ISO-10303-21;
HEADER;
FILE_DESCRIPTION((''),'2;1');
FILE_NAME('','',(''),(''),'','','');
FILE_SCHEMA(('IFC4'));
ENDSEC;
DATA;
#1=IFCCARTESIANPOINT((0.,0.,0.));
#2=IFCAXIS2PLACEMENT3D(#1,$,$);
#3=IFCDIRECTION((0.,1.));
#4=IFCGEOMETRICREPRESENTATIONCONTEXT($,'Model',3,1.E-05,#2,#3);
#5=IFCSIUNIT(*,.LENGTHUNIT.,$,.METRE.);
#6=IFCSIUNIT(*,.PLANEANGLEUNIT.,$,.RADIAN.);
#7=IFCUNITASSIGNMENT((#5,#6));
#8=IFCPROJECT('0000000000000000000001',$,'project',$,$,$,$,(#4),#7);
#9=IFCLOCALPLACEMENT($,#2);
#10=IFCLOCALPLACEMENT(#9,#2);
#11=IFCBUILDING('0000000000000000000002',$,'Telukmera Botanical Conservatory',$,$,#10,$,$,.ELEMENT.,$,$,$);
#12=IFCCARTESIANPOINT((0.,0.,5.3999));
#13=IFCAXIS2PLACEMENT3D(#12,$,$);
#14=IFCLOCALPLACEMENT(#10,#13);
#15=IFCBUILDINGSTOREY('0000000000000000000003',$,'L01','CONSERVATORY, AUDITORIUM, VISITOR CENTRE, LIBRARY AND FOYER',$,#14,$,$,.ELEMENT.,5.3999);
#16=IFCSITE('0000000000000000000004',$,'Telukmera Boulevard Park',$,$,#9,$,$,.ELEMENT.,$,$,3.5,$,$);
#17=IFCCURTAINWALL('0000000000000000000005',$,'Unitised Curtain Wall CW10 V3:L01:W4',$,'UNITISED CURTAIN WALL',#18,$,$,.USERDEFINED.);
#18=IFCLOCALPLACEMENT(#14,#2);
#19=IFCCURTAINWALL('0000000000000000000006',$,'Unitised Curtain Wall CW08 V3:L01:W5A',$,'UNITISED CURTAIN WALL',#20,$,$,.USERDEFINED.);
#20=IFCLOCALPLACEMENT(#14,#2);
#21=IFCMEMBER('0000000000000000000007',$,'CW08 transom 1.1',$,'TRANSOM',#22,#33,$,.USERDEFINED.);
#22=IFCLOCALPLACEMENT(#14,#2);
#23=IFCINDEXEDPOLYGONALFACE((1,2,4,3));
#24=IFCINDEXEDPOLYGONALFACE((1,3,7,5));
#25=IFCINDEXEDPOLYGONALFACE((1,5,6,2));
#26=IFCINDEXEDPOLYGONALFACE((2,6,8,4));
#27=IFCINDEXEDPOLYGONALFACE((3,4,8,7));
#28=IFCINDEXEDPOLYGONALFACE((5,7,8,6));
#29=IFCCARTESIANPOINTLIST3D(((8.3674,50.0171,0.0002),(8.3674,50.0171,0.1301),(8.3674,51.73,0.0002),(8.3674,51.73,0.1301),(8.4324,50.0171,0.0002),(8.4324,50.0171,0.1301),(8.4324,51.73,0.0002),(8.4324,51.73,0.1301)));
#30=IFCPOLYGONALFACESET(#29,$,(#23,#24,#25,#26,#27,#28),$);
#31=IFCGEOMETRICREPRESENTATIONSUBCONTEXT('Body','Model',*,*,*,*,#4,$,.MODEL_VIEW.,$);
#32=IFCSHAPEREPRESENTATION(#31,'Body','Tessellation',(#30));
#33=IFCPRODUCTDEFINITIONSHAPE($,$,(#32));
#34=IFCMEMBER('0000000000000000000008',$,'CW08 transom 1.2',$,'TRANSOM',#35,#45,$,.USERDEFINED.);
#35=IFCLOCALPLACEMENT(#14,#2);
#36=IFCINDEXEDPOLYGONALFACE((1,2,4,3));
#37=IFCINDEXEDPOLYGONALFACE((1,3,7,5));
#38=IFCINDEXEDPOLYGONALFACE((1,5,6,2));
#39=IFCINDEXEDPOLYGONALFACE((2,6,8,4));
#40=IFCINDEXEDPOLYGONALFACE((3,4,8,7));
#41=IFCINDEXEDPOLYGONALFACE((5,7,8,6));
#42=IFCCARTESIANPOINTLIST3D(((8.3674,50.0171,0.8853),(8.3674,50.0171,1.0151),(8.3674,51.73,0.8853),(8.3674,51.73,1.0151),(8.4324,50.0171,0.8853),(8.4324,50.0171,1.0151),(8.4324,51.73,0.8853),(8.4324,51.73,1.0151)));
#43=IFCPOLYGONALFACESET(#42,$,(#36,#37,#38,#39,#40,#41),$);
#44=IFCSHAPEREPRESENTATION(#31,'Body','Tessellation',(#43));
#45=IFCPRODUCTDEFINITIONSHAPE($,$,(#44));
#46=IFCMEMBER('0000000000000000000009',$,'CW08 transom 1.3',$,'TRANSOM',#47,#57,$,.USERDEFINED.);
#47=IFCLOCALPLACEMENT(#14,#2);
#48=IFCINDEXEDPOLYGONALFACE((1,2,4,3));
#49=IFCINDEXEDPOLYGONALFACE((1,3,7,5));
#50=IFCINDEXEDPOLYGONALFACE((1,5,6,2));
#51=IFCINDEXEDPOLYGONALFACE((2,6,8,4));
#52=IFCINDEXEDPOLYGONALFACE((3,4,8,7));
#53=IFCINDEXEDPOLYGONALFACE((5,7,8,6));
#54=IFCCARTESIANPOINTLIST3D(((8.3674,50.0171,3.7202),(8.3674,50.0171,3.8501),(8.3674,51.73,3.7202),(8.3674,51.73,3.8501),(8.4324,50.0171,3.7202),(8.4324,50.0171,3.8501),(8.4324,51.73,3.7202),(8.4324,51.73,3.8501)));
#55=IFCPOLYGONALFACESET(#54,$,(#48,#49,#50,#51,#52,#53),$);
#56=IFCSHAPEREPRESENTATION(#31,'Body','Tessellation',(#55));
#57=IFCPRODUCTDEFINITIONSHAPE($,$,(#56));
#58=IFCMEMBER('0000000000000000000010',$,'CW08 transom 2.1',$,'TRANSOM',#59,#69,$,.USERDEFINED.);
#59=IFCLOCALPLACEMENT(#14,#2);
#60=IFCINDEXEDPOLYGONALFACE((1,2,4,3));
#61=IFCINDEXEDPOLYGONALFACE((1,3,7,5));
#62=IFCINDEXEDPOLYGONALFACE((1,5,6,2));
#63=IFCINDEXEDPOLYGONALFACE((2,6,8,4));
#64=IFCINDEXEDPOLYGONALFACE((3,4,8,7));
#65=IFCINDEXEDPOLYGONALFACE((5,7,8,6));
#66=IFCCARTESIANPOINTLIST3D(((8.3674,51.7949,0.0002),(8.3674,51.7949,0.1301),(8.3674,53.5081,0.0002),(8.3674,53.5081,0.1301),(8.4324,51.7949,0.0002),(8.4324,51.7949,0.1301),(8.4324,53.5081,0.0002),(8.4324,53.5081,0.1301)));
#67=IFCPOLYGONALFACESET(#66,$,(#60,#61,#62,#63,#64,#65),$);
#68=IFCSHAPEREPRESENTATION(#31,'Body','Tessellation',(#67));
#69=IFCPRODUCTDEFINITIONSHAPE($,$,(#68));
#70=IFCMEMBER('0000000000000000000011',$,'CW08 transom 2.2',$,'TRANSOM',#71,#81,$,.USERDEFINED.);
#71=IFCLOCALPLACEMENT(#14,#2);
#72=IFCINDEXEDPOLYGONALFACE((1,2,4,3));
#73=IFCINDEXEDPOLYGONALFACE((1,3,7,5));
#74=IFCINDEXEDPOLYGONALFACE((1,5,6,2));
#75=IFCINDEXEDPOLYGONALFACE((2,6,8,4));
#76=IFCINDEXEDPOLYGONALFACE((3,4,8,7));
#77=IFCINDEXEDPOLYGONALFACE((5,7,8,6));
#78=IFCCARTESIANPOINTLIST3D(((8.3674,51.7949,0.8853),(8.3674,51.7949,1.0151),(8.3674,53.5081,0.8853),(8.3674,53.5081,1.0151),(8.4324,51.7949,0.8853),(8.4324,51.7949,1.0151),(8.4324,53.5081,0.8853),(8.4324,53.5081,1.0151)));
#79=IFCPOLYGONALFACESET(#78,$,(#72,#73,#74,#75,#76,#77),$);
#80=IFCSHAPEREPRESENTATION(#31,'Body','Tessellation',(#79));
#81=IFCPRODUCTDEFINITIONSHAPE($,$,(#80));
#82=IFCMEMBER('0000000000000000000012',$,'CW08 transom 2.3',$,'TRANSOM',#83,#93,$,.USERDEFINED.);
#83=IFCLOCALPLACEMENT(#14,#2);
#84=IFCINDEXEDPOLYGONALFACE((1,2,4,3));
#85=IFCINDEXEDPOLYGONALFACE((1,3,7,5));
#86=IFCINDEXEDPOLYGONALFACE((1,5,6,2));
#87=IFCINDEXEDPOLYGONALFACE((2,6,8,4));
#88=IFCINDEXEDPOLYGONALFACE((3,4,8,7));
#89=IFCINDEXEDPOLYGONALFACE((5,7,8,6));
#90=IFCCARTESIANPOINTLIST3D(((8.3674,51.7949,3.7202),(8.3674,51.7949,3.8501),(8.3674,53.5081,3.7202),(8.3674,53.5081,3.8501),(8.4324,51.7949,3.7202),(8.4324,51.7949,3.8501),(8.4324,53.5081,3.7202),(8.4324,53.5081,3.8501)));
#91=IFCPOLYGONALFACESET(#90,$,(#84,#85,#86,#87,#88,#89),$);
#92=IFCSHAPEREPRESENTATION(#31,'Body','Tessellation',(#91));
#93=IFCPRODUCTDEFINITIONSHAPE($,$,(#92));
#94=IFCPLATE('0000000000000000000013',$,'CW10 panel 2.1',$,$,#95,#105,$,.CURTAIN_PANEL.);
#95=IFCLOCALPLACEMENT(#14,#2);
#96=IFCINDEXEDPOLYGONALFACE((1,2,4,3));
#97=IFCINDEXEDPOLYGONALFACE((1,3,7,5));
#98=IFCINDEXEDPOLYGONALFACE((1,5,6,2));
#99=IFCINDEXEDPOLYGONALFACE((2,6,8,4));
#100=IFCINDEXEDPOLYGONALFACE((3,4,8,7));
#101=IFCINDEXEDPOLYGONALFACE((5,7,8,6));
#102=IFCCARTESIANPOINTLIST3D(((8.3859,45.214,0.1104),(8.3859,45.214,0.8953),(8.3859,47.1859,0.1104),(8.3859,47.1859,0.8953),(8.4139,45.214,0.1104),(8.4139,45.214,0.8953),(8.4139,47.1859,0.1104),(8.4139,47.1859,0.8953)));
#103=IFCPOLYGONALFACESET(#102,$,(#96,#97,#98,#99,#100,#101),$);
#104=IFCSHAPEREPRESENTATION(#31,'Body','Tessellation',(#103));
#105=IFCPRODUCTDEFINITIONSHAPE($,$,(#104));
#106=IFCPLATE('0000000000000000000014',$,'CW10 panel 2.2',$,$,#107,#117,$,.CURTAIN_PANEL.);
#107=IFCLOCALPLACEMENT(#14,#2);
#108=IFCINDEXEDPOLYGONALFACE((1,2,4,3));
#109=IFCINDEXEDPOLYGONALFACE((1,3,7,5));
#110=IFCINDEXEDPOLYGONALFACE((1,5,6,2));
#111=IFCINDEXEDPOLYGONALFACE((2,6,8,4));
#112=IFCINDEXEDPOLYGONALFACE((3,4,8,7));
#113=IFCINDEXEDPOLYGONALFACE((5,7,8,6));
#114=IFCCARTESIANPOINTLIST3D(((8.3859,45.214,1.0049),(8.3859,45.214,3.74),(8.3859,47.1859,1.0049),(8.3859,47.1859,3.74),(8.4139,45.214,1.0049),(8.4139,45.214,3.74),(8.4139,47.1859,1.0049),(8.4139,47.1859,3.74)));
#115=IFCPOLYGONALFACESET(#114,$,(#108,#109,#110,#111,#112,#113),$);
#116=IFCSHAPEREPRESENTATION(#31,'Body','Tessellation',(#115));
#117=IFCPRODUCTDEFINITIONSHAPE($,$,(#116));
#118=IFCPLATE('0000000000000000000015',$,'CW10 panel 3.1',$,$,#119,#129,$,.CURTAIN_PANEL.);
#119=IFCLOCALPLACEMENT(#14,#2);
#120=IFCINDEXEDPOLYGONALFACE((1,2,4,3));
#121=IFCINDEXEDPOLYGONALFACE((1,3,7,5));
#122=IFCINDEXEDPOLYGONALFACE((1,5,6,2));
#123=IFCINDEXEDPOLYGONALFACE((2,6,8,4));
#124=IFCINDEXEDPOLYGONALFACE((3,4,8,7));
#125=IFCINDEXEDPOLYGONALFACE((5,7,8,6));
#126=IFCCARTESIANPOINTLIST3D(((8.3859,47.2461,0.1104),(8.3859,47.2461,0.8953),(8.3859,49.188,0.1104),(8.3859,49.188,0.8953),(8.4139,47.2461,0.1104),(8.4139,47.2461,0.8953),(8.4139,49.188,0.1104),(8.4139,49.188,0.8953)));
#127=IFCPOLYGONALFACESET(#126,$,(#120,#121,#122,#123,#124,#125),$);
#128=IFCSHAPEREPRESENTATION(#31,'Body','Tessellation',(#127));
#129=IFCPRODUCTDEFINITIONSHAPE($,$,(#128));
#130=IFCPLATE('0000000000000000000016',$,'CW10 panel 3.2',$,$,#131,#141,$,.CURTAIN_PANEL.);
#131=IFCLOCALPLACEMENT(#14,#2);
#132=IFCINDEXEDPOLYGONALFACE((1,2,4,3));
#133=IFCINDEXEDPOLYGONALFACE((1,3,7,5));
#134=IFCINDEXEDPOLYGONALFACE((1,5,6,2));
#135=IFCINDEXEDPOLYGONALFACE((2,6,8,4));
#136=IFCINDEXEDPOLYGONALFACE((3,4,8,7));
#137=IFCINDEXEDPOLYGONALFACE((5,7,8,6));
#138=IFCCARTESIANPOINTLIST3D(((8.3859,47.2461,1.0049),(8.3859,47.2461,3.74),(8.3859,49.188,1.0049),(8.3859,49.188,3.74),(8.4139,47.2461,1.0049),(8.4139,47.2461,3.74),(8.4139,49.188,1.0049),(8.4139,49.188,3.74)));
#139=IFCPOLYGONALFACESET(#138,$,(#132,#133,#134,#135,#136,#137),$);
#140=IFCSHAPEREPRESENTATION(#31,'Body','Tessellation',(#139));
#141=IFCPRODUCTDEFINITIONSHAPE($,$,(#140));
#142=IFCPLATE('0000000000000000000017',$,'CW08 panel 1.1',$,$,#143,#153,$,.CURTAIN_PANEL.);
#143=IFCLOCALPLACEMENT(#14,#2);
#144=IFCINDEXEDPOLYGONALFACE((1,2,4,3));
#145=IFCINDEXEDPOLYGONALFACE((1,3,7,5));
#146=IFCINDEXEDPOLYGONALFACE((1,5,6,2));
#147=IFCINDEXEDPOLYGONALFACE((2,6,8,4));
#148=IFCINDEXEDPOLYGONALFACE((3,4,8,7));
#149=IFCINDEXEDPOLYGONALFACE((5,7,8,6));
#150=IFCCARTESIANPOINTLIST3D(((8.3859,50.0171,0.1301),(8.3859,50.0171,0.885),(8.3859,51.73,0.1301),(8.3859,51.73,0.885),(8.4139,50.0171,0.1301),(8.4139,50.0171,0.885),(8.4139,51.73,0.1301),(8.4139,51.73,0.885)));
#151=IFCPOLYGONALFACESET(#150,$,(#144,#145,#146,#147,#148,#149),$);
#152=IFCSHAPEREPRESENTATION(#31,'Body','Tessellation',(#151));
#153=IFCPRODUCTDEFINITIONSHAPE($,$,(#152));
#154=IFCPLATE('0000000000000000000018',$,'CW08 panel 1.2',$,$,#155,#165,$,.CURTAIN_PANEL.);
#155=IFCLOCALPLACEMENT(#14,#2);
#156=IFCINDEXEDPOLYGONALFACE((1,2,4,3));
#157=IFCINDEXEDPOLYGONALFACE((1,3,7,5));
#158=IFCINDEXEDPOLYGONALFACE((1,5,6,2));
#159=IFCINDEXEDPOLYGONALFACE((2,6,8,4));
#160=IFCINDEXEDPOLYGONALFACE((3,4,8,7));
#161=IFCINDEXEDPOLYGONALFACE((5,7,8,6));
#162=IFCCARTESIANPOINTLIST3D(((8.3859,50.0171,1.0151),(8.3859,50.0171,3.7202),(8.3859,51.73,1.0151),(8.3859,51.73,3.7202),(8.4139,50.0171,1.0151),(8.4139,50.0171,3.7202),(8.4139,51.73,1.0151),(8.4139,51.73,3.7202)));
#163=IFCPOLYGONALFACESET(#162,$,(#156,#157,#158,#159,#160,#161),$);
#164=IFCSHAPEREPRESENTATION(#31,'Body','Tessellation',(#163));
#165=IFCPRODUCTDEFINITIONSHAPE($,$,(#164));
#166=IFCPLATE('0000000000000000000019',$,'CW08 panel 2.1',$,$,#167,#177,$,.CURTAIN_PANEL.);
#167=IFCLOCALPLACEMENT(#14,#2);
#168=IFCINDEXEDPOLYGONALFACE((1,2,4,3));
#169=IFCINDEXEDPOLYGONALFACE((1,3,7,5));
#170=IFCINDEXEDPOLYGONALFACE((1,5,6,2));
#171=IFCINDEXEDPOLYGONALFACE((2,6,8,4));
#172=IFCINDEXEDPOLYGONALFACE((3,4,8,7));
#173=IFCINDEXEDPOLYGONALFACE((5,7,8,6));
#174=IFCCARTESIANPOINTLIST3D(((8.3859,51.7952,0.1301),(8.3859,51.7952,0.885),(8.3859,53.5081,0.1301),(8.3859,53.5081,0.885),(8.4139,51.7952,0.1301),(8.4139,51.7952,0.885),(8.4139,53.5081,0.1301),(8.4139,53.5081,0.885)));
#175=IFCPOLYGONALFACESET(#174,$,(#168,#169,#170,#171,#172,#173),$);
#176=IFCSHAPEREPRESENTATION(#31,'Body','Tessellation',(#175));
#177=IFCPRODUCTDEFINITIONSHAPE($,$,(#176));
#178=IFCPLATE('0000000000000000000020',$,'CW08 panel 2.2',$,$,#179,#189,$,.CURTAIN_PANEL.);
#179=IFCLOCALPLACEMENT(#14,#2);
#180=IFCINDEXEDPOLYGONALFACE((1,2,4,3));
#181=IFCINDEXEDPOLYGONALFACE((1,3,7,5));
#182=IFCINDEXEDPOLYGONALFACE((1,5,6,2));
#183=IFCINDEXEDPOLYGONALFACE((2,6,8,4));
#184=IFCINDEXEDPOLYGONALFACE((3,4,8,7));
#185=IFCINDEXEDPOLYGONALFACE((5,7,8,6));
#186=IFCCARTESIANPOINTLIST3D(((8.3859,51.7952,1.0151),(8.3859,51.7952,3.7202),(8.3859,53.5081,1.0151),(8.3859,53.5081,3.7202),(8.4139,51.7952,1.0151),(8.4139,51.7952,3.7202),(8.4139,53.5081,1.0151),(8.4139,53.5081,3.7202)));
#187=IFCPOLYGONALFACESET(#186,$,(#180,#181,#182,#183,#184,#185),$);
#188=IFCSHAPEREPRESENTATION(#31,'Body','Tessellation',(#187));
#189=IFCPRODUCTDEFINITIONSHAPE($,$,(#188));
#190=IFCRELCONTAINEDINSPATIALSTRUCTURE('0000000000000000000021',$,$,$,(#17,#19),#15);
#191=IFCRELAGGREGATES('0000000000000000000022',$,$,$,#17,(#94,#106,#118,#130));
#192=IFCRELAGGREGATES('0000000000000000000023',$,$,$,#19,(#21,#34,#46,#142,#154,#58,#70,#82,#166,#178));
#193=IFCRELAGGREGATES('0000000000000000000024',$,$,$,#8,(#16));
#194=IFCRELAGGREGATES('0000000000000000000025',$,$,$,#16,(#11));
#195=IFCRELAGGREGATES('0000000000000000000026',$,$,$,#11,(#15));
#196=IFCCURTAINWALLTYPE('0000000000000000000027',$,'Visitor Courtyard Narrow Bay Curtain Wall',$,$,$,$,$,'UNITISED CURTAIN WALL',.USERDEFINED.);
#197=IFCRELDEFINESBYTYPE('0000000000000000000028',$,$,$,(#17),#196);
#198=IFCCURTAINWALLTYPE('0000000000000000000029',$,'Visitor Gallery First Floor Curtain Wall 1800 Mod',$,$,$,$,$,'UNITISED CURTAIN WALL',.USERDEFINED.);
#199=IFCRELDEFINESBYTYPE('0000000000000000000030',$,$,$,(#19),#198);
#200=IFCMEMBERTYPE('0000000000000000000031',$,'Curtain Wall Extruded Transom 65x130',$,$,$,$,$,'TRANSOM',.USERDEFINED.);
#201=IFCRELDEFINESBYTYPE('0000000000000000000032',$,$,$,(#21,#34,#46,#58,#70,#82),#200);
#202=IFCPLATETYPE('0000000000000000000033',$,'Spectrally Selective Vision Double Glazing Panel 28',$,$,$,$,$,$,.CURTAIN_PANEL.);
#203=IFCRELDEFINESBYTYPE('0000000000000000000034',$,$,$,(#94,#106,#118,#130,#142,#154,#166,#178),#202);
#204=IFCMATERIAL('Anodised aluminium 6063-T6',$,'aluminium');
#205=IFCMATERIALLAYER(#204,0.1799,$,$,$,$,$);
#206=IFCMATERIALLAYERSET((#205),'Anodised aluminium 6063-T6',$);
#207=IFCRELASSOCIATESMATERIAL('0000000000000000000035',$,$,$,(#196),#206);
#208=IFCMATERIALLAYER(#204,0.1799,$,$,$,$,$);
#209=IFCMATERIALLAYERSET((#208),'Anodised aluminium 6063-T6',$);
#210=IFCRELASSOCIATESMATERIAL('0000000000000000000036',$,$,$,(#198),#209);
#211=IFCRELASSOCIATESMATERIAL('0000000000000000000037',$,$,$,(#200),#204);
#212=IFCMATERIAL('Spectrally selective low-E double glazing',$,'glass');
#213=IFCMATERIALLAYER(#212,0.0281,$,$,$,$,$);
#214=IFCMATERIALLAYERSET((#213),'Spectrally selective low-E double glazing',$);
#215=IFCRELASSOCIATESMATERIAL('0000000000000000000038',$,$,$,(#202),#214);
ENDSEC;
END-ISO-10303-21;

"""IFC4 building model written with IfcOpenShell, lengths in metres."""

from ifc_helpers import new_model, si_unit, direction, frame, origin, origin_2d, place, context, subcontext, project, spatial, rectangle, extrude, material, layer, layer_set, material_profile, profile_set, type_object, element, aggregate, save


model = new_model("IFC4")

# Units and contexts
model_context = context("Model", 3, precision=1e-05, world=origin(), true_north=direction((0.0, 1.0)))
body_context = subcontext(model_context, "Body", "Model", "MODEL_VIEW")
ifc_project = project(units=[si_unit("LENGTHUNIT", "METRE"), si_unit("PLANEANGLEUNIT", "RADIAN")], contexts=[model_context])

# Site, building, storey
site_placement = place(None, origin())
site = spatial("IfcSite", under=ifc_project, at=site_placement, Name="Telukmera Boulevard Park", CompositionType="ELEMENT", RefElevation=3.5)
building_placement = place(site_placement, origin())
building = spatial("IfcBuilding", under=site, at=building_placement, Name="Telukmera Botanical Conservatory", CompositionType="ELEMENT")
storey_placement = place(building_placement, frame((0.0, 0.0, 5.3999)))
storey = spatial("IfcBuildingStorey", under=building, at=storey_placement, Name="L01", Description="CONSERVATORY, AUDITORIUM, VISITOR CENTRE, LIBRARY AND FOYER", CompositionType="ELEMENT", Elevation=5.3999)

# Curtain walls
ifc_material_1 = material(Name="Anodised aluminium 6063-T6", Category="aluminium")
ifc_layer_1 = layer(ifc_material_1, 0.1799)
ifc_layer_set_1 = layer_set([ifc_layer_1], Name="Anodised aluminium 6063-T6")
curtain_wall_type_1 = type_object("IfcCurtainWallType", Name="Visitor Courtyard Narrow Bay Curtain Wall", ElementType="UNITISED CURTAIN WALL", PredefinedType="USERDEFINED", material=ifc_layer_set_1)
curtain_wall_1_placement = place(storey_placement, origin())
curtain_wall_1 = element("IfcCurtainWall", 1, at=curtain_wall_1_placement, inside=storey, type_object=curtain_wall_type_1, Name="Unitised Curtain Wall CW10 V3:L01:W4", ObjectType="UNITISED CURTAIN WALL", PredefinedType="USERDEFINED")
ifc_layer_2 = layer(ifc_material_1, 0.1799)
ifc_layer_set_2 = layer_set([ifc_layer_2], Name="Anodised aluminium 6063-T6")
curtain_wall_type_2 = type_object("IfcCurtainWallType", Name="Visitor Gallery First Floor Curtain Wall 1800 Mod", ElementType="UNITISED CURTAIN WALL", PredefinedType="USERDEFINED", material=ifc_layer_set_2)
curtain_wall_2_placement = place(storey_placement, origin())
curtain_wall_2 = element("IfcCurtainWall", 2, at=curtain_wall_2_placement, inside=storey, type_object=curtain_wall_type_2, Name="Unitised Curtain Wall CW08 V3:L01:W5A", ObjectType="UNITISED CURTAIN WALL", PredefinedType="USERDEFINED")

# Members
ifc_material_profile_1 = material_profile(ifc_material_1, rectangle(XDim=0.0649, YDim=0.1299, at=origin_2d()), Name="ALU TRAN 65x130")
ifc_profile_set_1 = profile_set([ifc_material_profile_1], Name="Anodised aluminium 6063-T6")
member_type_1 = type_object("IfcMemberType", Name="Curtain Wall Extruded Transom 65x130", ElementType="TRANSOM", PredefinedType="USERDEFINED", material=ifc_profile_set_1)
member_1_placement = place(storey_placement, frame((8.3999, 50.0171, 0.0652), z_axis=(0.0, 1.0, 0.0), x_axis=(-1.0, 0.0, 0.0)))
member_1 = element("IfcMember", 3, at=member_1_placement, type_object=member_type_1, Name="CW08 transom 1.1", ObjectType="TRANSOM", PredefinedType="USERDEFINED", context=body_context, shape_type="SweptSolid", body=[
    extrude(rectangle(XDim=0.0649, YDim=0.1299, at=origin_2d()), origin(), (0.0, 0.0, 1.0), 1.7129),
])
member_2_placement = place(storey_placement, frame((8.3999, 50.0171, 0.9502), z_axis=(0.0, 1.0, 0.0), x_axis=(-1.0, 0.0, 0.0)))
member_2 = element("IfcMember", 4, at=member_2_placement, type_object=member_type_1, Name="CW08 transom 1.2", ObjectType="TRANSOM", PredefinedType="USERDEFINED", context=body_context, shape_type="SweptSolid", body=[
    extrude(rectangle(XDim=0.0649, YDim=0.1299, at=origin_2d()), origin(), (0.0, 0.0, 1.0), 1.7129),
])
member_3_placement = place(storey_placement, frame((8.3999, 50.0171, 3.7852), z_axis=(0.0, 1.0, 0.0), x_axis=(-1.0, 0.0, 0.0)))
member_3 = element("IfcMember", 5, at=member_3_placement, type_object=member_type_1, Name="CW08 transom 1.3", ObjectType="TRANSOM", PredefinedType="USERDEFINED", context=body_context, shape_type="SweptSolid", body=[
    extrude(rectangle(XDim=0.0649, YDim=0.1299, at=origin_2d()), origin(), (0.0, 0.0, 1.0), 1.7129),
])
member_4_placement = place(storey_placement, frame((8.3999, 51.7949, 0.0652), z_axis=(0.0, 1.0, 0.0), x_axis=(-1.0, 0.0, 0.0)))
member_4 = element("IfcMember", 6, at=member_4_placement, type_object=member_type_1, Name="CW08 transom 2.1", ObjectType="TRANSOM", PredefinedType="USERDEFINED", context=body_context, shape_type="SweptSolid", body=[
    extrude(rectangle(XDim=0.0649, YDim=0.1299, at=origin_2d()), origin(), (0.0, 0.0, 1.0), 1.7131),
])
member_5_placement = place(storey_placement, frame((8.3999, 51.7949, 0.9502), z_axis=(0.0, 1.0, 0.0), x_axis=(-1.0, 0.0, 0.0)))
member_5 = element("IfcMember", 7, at=member_5_placement, type_object=member_type_1, Name="CW08 transom 2.2", ObjectType="TRANSOM", PredefinedType="USERDEFINED", context=body_context, shape_type="SweptSolid", body=[
    extrude(rectangle(XDim=0.0649, YDim=0.1299, at=origin_2d()), origin(), (0.0, 0.0, 1.0), 1.7131),
])
member_6_placement = place(storey_placement, frame((8.3999, 51.7949, 3.7852), z_axis=(0.0, 1.0, 0.0), x_axis=(-1.0, 0.0, 0.0)))
member_6 = element("IfcMember", 8, at=member_6_placement, type_object=member_type_1, Name="CW08 transom 2.3", ObjectType="TRANSOM", PredefinedType="USERDEFINED", context=body_context, shape_type="SweptSolid", body=[
    extrude(rectangle(XDim=0.0649, YDim=0.1299, at=origin_2d()), origin(), (0.0, 0.0, 1.0), 1.7131),
])

# Plates
ifc_material_2 = material(Name="Spectrally selective low-E double glazing", Category="glass")
ifc_layer_3 = layer(ifc_material_2, 0.0281)
ifc_layer_set_3 = layer_set([ifc_layer_3], Name="Spectrally selective low-E double glazing")
plate_type = type_object("IfcPlateType", Name="Spectrally Selective Vision Double Glazing Panel 28", PredefinedType="CURTAIN_PANEL", material=ifc_layer_set_3)
plate_1_placement = place(storey_placement, frame((8.3999, 46.2, 0.1104), z_axis=(0.0, 0.0, 1.0), x_axis=(0.0, 1.0, 0.0)))
plate_1 = element("IfcPlate", 9, at=plate_1_placement, type_object=plate_type, Name="CW10 panel 2.1", PredefinedType="CURTAIN_PANEL", context=body_context, shape_type="SweptSolid", body=[
    extrude(rectangle(XDim=1.9719, YDim=0.0281, at=origin_2d()), origin(), (0.0, 0.0, 1.0), 0.7849),
])
plate_2_placement = place(storey_placement, frame((8.3999, 46.2, 1.0049), z_axis=(0.0, 0.0, 1.0), x_axis=(0.0, 1.0, 0.0)))
plate_2 = element("IfcPlate", 10, at=plate_2_placement, type_object=plate_type, Name="CW10 panel 2.2", PredefinedType="CURTAIN_PANEL", context=body_context, shape_type="SweptSolid", body=[
    extrude(rectangle(XDim=1.9719, YDim=0.0281, at=origin_2d()), origin(), (0.0, 0.0, 1.0), 2.7351),
])
plate_3_placement = place(storey_placement, frame((8.3999, 48.217, 0.1104), z_axis=(0.0, 0.0, 1.0), x_axis=(0.0, 1.0, 0.0)))
plate_3 = element("IfcPlate", 11, at=plate_3_placement, type_object=plate_type, Name="CW10 panel 3.1", PredefinedType="CURTAIN_PANEL", context=body_context, shape_type="SweptSolid", body=[
    extrude(rectangle(XDim=1.9419, YDim=0.0281, at=origin_2d()), origin(), (0.0, 0.0, 1.0), 0.7849),
])
plate_4_placement = place(storey_placement, frame((8.3999, 48.217, 1.0049), z_axis=(0.0, 0.0, 1.0), x_axis=(0.0, 1.0, 0.0)))
plate_4 = element("IfcPlate", 12, at=plate_4_placement, type_object=plate_type, Name="CW10 panel 3.2", PredefinedType="CURTAIN_PANEL", context=body_context, shape_type="SweptSolid", body=[
    extrude(rectangle(XDim=1.9419, YDim=0.0281, at=origin_2d()), origin(), (0.0, 0.0, 1.0), 2.7351),
])
aggregate(curtain_wall_1, [plate_1, plate_2, plate_3, plate_4])
plate_5_placement = place(storey_placement, frame((8.3999, 50.8735, 0.1301), z_axis=(0.0, 0.0, 1.0), x_axis=(0.0, 1.0, 0.0)))
plate_5 = element("IfcPlate", 13, at=plate_5_placement, type_object=plate_type, Name="CW08 panel 1.1", PredefinedType="CURTAIN_PANEL", context=body_context, shape_type="SweptSolid", body=[
    extrude(rectangle(XDim=1.7129, YDim=0.0281, at=origin_2d()), origin(), (0.0, 0.0, 1.0), 0.7549),
])
plate_6_placement = place(storey_placement, frame((8.3999, 50.8735, 1.0151), z_axis=(0.0, 0.0, 1.0), x_axis=(0.0, 1.0, 0.0)))
plate_6 = element("IfcPlate", 14, at=plate_6_placement, type_object=plate_type, Name="CW08 panel 1.2", PredefinedType="CURTAIN_PANEL", context=body_context, shape_type="SweptSolid", body=[
    extrude(rectangle(XDim=1.7129, YDim=0.0281, at=origin_2d()), origin(), (0.0, 0.0, 1.0), 2.7051),
])
plate_7_placement = place(storey_placement, frame((8.3999, 52.6516, 0.1301), z_axis=(0.0, 0.0, 1.0), x_axis=(0.0, 1.0, 0.0)))
plate_7 = element("IfcPlate", 15, at=plate_7_placement, type_object=plate_type, Name="CW08 panel 2.1", PredefinedType="CURTAIN_PANEL", context=body_context, shape_type="SweptSolid", body=[
    extrude(rectangle(XDim=1.7129, YDim=0.0281, at=origin_2d()), origin(), (0.0, 0.0, 1.0), 0.7549),
])
plate_8_placement = place(storey_placement, frame((8.3999, 52.6516, 1.0151), z_axis=(0.0, 0.0, 1.0), x_axis=(0.0, 1.0, 0.0)))
plate_8 = element("IfcPlate", 16, at=plate_8_placement, type_object=plate_type, Name="CW08 panel 2.2", PredefinedType="CURTAIN_PANEL", context=body_context, shape_type="SweptSolid", body=[
    extrude(rectangle(XDim=1.7129, YDim=0.0281, at=origin_2d()), origin(), (0.0, 0.0, 1.0), 2.7051),
])
aggregate(curtain_wall_2, [member_1, member_2, member_3, plate_5, plate_6, member_4, member_5, member_6, plate_7, plate_8])

save(model, "model.ifc")
